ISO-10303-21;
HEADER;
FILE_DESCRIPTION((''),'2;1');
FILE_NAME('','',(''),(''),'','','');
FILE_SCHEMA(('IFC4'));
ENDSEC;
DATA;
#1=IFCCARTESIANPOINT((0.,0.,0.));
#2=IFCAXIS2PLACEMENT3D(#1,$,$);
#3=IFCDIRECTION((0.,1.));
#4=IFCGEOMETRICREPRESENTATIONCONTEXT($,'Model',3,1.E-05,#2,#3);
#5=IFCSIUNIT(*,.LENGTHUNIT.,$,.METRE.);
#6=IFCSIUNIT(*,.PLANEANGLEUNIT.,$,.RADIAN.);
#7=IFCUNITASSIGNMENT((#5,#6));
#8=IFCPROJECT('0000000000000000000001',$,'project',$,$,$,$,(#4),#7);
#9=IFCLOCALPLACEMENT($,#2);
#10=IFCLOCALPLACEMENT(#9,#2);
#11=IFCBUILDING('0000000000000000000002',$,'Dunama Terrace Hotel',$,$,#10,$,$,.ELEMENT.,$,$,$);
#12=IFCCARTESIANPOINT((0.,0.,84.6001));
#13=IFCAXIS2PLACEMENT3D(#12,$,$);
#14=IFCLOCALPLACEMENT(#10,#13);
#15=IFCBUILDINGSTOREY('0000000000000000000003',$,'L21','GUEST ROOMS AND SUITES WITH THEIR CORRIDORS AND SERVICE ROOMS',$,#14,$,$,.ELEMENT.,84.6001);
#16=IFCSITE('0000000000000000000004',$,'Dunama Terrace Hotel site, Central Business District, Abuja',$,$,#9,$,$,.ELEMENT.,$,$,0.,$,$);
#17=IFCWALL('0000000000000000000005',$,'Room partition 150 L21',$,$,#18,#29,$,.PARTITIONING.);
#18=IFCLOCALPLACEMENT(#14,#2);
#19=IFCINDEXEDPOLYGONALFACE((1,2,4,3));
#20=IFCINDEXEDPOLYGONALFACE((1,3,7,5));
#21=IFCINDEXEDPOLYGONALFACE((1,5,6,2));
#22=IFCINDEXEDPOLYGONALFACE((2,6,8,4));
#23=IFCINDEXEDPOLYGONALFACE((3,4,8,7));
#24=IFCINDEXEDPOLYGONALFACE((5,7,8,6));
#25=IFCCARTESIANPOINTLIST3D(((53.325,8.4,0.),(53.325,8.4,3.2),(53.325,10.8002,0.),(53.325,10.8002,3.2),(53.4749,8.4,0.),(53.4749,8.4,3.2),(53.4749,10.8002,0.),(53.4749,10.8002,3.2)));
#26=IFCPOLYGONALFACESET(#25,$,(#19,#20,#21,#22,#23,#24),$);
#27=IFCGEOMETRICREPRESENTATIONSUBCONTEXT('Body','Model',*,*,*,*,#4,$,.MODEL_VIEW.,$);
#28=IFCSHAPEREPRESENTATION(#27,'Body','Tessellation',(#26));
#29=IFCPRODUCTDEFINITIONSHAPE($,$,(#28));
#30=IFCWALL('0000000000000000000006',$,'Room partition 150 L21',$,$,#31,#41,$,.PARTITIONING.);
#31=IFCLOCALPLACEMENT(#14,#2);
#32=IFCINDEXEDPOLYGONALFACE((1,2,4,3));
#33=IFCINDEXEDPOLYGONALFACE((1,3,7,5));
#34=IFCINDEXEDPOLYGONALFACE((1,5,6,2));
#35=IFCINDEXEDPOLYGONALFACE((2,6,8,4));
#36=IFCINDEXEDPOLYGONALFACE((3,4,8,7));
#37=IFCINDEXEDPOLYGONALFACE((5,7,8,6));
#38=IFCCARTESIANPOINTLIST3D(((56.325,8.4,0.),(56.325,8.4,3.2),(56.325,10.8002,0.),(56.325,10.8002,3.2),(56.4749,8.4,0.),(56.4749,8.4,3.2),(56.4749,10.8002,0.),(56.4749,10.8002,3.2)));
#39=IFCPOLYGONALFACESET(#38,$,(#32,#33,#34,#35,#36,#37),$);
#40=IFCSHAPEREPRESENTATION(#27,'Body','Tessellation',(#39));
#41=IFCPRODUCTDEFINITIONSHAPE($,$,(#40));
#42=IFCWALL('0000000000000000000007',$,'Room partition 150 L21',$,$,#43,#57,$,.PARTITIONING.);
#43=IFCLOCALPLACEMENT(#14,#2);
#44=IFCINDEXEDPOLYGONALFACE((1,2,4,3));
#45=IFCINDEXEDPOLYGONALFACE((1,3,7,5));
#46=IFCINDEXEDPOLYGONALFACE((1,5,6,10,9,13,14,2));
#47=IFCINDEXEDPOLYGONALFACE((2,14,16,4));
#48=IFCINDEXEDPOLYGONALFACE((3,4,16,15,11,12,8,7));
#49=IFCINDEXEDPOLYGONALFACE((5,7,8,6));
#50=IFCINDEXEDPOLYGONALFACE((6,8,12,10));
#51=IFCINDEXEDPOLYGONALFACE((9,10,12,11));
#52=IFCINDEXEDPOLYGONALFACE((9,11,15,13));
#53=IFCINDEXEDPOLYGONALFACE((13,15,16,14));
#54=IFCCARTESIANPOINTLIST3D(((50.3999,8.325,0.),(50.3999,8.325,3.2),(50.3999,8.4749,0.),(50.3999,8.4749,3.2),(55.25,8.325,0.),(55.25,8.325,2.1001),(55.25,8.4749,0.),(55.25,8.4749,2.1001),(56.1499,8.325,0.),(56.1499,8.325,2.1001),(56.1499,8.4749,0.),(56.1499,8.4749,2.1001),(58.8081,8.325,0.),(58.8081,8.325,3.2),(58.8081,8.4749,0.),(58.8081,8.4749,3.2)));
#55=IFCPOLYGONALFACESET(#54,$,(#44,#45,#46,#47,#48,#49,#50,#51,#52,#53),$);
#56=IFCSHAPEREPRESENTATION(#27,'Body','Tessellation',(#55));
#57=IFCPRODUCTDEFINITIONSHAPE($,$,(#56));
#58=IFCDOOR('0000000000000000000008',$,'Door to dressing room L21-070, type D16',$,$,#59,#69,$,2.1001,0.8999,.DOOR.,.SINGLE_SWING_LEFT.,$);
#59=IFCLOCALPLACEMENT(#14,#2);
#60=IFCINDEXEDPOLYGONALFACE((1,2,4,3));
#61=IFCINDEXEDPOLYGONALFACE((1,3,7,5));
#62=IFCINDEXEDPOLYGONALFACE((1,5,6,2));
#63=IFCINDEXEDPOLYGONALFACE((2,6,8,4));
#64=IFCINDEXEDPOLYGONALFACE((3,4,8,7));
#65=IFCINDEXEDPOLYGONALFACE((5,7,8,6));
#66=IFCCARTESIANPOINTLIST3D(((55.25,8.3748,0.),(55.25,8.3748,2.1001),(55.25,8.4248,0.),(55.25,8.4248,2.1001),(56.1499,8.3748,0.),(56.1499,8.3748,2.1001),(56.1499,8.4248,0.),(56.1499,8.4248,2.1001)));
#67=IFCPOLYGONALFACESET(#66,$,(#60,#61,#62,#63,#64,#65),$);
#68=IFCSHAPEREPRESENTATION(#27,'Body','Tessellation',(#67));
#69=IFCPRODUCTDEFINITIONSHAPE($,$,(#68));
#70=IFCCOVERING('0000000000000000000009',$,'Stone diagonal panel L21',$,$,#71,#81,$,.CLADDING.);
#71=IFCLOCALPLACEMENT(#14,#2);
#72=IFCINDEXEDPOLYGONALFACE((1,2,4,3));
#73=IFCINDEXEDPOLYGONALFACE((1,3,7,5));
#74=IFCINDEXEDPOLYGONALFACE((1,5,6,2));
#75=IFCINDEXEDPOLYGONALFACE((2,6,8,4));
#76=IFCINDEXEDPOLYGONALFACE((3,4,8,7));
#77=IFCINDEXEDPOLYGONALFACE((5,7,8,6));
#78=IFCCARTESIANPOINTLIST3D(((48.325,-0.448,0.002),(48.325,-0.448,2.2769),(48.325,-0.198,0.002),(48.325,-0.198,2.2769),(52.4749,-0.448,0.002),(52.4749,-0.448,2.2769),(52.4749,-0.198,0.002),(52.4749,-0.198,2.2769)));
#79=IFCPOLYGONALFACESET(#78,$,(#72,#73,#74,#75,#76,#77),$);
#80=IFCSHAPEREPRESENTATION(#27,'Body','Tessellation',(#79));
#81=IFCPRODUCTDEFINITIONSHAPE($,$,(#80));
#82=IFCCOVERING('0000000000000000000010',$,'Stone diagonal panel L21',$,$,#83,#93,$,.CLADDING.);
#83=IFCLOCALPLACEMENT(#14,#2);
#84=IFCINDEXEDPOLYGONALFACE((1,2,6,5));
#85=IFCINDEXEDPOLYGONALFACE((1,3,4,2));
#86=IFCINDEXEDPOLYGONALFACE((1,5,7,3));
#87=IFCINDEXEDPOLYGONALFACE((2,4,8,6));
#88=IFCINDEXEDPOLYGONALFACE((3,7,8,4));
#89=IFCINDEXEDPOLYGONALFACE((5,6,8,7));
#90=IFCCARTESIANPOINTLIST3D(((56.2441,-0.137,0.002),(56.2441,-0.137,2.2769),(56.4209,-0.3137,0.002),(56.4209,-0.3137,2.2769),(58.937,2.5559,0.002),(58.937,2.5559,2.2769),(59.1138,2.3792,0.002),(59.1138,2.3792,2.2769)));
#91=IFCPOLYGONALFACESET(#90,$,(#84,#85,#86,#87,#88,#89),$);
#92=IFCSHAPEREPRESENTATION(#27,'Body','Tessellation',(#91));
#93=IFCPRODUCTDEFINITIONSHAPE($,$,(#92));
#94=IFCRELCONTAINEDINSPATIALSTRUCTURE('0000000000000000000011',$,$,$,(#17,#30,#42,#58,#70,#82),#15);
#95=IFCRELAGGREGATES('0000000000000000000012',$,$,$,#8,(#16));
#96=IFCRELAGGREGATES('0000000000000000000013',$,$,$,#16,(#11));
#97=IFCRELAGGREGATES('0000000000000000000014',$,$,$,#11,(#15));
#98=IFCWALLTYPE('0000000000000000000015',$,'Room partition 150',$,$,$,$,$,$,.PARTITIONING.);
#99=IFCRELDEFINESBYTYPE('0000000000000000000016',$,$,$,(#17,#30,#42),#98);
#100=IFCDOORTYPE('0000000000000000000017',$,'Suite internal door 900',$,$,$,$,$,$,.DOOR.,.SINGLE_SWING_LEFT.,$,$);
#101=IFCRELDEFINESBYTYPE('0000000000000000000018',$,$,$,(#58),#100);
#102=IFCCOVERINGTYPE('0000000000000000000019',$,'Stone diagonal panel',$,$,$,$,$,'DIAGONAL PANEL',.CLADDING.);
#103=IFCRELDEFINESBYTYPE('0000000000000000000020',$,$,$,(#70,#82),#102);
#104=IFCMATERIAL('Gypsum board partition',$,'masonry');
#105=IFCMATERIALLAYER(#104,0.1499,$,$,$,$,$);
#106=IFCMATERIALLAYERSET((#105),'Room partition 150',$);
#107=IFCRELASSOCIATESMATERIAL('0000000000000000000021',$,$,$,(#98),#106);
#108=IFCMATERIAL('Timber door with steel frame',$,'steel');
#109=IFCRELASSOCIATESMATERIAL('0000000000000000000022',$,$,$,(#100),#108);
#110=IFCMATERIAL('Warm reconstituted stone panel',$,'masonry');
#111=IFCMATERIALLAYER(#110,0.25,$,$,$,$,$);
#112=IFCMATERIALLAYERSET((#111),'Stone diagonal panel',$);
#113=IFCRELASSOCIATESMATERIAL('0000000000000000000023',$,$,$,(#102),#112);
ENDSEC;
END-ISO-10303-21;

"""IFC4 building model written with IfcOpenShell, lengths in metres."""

from ifc_helpers import new_model, si_unit, direction, frame, frame_2d, origin, origin_2d, place, context, subcontext, project, spatial, rectangle, extrude, material, layer, layer_set, type_object, element, fill, save


model = new_model("IFC4")

# Units and contexts
model_context = context("Model", 3, precision=1e-05, world=origin(), true_north=direction((0.0, 1.0)))
body_context = subcontext(model_context, "Body", "Model", "MODEL_VIEW")
ifc_project = project(units=[si_unit("LENGTHUNIT", "METRE"), si_unit("PLANEANGLEUNIT", "RADIAN")], contexts=[model_context])

# Site, building, storey
site_placement = place(None, origin())
site = spatial("IfcSite", under=ifc_project, at=site_placement, Name="Dunama Terrace Hotel site, Central Business District, Abuja", CompositionType="ELEMENT", RefElevation=0.0)
building_placement = place(site_placement, origin())
building = spatial("IfcBuilding", under=site, at=building_placement, Name="Dunama Terrace Hotel", CompositionType="ELEMENT")
storey_placement = place(building_placement, frame((0.0, 0.0, 84.6001)))
storey = spatial("IfcBuildingStorey", under=building, at=storey_placement, Name="L21", Description="GUEST ROOMS AND SUITES WITH THEIR CORRIDORS AND SERVICE ROOMS", CompositionType="ELEMENT", Elevation=84.6001)

# Shared definitions
ifc_material_1 = material(Name="Gypsum board partition", Category="masonry")
ifc_layer_1 = layer(ifc_material_1, 0.1499)
ifc_layer_set_1 = layer_set([ifc_layer_1], Name="Room partition 150")
wall_type_1 = type_object("IfcWallType", Name="Room partition 150", PredefinedType="PARTITIONING", material=ifc_layer_set_1)
ifc_material_2 = material(Name="Timber door with steel frame", Category="steel")
door_type_1 = type_object("IfcDoorType", Name="Suite internal door 900", OperationType="SINGLE_SWING_LEFT", PredefinedType="DOOR", material=ifc_material_2)

# Walls
for number, where, z_axis, x_axis, name in (
    (1, (53.3999, 8.3999, 0.0), (0.0, 0.0, 1.0), (0.0, 1.0, 0.0), "Room partition 150 L21"),
    (2, (56.3999, 8.3999, 0.0), (0.0, 0.0, 1.0), (0.0, 1.0, 0.0), "Room partition 150 L21"),
):
    element("IfcWall", number, at=place(storey_placement, frame(where, z_axis=z_axis, x_axis=x_axis)), inside=storey, type_object=wall_type_1, Name=name, PredefinedType="PARTITIONING", context=body_context, shape_type="SweptSolid", body=[
        extrude(rectangle(XDim=2.4001, YDim=0.1499, at=frame_2d((1.2002, 0.0))), origin(), (0.0, 0.0, 1.0), 3.2),
    ])

# Wall, opening, door
wall_1_placement = place(storey_placement, frame((50.3999, 8.3999, 0.0), z_axis=(0.0, 0.0, 1.0), x_axis=(1.0, 0.0, 0.0)))
wall_1 = element("IfcWall", 3, at=wall_1_placement, inside=storey, type_object=wall_type_1, Name="Room partition 150 L21", PredefinedType="PARTITIONING", context=body_context, shape_type="SweptSolid", body=[
    extrude(rectangle(XDim=8.4082, YDim=0.1499, at=frame_2d((4.2041, 0.0))), origin(), (0.0, 0.0, 1.0), 3.2),
])
opening_1_placement = place(wall_1_placement, frame((4.8501, 0.0, 0.0)))
opening_1 = element("IfcOpeningElement", 4, at=opening_1_placement, cuts=wall_1, PredefinedType="OPENING", context=body_context, shape_type="SweptSolid", body=[
    extrude(rectangle(XDim=0.8999, YDim=2.1001, at=frame_2d((0.45, 1.05))), frame((0.0, 0.085, 0.0), z_axis=(0.0, -1.0, 0.0), x_axis=(1.0, 0.0, 0.0)), (0.0, 0.0, 1.0), 0.1699),
])
door_1_placement = place(opening_1_placement, origin())
door_1 = element("IfcDoor", 5, at=door_1_placement, inside=storey, type_object=door_type_1, Name="Door to dressing room L21-070, type D16", OperationType="SINGLE_SWING_LEFT", OverallHeight=2.1001, OverallWidth=0.8999, PredefinedType="DOOR", context=body_context, shape_type="SweptSolid", body=[
    extrude(rectangle(XDim=0.8999, YDim=2.1001, at=frame_2d((0.45, 1.05))), frame((0.0, 0.0249, 0.0), z_axis=(0.0, -1.0, 0.0), x_axis=(1.0, 0.0, 0.0)), (0.0, 0.0, 1.0), 0.05),
])
fill(opening_1, door_1)

# Coverings
ifc_material_3 = material(Name="Warm reconstituted stone panel", Category="masonry")
ifc_layer_2 = layer(ifc_material_3, 0.25)
ifc_layer_set_2 = layer_set([ifc_layer_2], Name="Stone diagonal panel")
covering_type = type_object("IfcCoveringType", Name="Stone diagonal panel", ElementType="DIAGONAL PANEL", PredefinedType="CLADDING", material=ifc_layer_set_2)
covering_1_placement = place(storey_placement, frame((50.3999, -0.323, 0.002), z_axis=(0.0, 0.0, 1.0), x_axis=(1.0, 0.0, 0.0)))
element("IfcCovering", 6, at=covering_1_placement, inside=storey, type_object=covering_type, Name="Stone diagonal panel L21", PredefinedType="CLADDING", context=body_context, shape_type="SweptSolid", body=[
    extrude(rectangle(XDim=4.1499, YDim=0.25, at=origin_2d()), origin(), (0.0, 0.0, 1.0), 2.2749),
])
covering_2_placement = place(storey_placement, frame((57.679, 1.1211, 0.002), z_axis=(0.0, 0.0, 1.0), x_axis=(0.707107, 0.707107, 0.0)))
element("IfcCovering", 7, at=covering_2_placement, inside=storey, type_object=covering_type, Name="Stone diagonal panel L21", PredefinedType="CLADDING", context=body_context, shape_type="SweptSolid", body=[
    extrude(rectangle(XDim=3.8083, YDim=0.25, at=origin_2d()), origin(), (0.0, 0.0, 1.0), 2.2749),
])

save(model, "model.ifc")
